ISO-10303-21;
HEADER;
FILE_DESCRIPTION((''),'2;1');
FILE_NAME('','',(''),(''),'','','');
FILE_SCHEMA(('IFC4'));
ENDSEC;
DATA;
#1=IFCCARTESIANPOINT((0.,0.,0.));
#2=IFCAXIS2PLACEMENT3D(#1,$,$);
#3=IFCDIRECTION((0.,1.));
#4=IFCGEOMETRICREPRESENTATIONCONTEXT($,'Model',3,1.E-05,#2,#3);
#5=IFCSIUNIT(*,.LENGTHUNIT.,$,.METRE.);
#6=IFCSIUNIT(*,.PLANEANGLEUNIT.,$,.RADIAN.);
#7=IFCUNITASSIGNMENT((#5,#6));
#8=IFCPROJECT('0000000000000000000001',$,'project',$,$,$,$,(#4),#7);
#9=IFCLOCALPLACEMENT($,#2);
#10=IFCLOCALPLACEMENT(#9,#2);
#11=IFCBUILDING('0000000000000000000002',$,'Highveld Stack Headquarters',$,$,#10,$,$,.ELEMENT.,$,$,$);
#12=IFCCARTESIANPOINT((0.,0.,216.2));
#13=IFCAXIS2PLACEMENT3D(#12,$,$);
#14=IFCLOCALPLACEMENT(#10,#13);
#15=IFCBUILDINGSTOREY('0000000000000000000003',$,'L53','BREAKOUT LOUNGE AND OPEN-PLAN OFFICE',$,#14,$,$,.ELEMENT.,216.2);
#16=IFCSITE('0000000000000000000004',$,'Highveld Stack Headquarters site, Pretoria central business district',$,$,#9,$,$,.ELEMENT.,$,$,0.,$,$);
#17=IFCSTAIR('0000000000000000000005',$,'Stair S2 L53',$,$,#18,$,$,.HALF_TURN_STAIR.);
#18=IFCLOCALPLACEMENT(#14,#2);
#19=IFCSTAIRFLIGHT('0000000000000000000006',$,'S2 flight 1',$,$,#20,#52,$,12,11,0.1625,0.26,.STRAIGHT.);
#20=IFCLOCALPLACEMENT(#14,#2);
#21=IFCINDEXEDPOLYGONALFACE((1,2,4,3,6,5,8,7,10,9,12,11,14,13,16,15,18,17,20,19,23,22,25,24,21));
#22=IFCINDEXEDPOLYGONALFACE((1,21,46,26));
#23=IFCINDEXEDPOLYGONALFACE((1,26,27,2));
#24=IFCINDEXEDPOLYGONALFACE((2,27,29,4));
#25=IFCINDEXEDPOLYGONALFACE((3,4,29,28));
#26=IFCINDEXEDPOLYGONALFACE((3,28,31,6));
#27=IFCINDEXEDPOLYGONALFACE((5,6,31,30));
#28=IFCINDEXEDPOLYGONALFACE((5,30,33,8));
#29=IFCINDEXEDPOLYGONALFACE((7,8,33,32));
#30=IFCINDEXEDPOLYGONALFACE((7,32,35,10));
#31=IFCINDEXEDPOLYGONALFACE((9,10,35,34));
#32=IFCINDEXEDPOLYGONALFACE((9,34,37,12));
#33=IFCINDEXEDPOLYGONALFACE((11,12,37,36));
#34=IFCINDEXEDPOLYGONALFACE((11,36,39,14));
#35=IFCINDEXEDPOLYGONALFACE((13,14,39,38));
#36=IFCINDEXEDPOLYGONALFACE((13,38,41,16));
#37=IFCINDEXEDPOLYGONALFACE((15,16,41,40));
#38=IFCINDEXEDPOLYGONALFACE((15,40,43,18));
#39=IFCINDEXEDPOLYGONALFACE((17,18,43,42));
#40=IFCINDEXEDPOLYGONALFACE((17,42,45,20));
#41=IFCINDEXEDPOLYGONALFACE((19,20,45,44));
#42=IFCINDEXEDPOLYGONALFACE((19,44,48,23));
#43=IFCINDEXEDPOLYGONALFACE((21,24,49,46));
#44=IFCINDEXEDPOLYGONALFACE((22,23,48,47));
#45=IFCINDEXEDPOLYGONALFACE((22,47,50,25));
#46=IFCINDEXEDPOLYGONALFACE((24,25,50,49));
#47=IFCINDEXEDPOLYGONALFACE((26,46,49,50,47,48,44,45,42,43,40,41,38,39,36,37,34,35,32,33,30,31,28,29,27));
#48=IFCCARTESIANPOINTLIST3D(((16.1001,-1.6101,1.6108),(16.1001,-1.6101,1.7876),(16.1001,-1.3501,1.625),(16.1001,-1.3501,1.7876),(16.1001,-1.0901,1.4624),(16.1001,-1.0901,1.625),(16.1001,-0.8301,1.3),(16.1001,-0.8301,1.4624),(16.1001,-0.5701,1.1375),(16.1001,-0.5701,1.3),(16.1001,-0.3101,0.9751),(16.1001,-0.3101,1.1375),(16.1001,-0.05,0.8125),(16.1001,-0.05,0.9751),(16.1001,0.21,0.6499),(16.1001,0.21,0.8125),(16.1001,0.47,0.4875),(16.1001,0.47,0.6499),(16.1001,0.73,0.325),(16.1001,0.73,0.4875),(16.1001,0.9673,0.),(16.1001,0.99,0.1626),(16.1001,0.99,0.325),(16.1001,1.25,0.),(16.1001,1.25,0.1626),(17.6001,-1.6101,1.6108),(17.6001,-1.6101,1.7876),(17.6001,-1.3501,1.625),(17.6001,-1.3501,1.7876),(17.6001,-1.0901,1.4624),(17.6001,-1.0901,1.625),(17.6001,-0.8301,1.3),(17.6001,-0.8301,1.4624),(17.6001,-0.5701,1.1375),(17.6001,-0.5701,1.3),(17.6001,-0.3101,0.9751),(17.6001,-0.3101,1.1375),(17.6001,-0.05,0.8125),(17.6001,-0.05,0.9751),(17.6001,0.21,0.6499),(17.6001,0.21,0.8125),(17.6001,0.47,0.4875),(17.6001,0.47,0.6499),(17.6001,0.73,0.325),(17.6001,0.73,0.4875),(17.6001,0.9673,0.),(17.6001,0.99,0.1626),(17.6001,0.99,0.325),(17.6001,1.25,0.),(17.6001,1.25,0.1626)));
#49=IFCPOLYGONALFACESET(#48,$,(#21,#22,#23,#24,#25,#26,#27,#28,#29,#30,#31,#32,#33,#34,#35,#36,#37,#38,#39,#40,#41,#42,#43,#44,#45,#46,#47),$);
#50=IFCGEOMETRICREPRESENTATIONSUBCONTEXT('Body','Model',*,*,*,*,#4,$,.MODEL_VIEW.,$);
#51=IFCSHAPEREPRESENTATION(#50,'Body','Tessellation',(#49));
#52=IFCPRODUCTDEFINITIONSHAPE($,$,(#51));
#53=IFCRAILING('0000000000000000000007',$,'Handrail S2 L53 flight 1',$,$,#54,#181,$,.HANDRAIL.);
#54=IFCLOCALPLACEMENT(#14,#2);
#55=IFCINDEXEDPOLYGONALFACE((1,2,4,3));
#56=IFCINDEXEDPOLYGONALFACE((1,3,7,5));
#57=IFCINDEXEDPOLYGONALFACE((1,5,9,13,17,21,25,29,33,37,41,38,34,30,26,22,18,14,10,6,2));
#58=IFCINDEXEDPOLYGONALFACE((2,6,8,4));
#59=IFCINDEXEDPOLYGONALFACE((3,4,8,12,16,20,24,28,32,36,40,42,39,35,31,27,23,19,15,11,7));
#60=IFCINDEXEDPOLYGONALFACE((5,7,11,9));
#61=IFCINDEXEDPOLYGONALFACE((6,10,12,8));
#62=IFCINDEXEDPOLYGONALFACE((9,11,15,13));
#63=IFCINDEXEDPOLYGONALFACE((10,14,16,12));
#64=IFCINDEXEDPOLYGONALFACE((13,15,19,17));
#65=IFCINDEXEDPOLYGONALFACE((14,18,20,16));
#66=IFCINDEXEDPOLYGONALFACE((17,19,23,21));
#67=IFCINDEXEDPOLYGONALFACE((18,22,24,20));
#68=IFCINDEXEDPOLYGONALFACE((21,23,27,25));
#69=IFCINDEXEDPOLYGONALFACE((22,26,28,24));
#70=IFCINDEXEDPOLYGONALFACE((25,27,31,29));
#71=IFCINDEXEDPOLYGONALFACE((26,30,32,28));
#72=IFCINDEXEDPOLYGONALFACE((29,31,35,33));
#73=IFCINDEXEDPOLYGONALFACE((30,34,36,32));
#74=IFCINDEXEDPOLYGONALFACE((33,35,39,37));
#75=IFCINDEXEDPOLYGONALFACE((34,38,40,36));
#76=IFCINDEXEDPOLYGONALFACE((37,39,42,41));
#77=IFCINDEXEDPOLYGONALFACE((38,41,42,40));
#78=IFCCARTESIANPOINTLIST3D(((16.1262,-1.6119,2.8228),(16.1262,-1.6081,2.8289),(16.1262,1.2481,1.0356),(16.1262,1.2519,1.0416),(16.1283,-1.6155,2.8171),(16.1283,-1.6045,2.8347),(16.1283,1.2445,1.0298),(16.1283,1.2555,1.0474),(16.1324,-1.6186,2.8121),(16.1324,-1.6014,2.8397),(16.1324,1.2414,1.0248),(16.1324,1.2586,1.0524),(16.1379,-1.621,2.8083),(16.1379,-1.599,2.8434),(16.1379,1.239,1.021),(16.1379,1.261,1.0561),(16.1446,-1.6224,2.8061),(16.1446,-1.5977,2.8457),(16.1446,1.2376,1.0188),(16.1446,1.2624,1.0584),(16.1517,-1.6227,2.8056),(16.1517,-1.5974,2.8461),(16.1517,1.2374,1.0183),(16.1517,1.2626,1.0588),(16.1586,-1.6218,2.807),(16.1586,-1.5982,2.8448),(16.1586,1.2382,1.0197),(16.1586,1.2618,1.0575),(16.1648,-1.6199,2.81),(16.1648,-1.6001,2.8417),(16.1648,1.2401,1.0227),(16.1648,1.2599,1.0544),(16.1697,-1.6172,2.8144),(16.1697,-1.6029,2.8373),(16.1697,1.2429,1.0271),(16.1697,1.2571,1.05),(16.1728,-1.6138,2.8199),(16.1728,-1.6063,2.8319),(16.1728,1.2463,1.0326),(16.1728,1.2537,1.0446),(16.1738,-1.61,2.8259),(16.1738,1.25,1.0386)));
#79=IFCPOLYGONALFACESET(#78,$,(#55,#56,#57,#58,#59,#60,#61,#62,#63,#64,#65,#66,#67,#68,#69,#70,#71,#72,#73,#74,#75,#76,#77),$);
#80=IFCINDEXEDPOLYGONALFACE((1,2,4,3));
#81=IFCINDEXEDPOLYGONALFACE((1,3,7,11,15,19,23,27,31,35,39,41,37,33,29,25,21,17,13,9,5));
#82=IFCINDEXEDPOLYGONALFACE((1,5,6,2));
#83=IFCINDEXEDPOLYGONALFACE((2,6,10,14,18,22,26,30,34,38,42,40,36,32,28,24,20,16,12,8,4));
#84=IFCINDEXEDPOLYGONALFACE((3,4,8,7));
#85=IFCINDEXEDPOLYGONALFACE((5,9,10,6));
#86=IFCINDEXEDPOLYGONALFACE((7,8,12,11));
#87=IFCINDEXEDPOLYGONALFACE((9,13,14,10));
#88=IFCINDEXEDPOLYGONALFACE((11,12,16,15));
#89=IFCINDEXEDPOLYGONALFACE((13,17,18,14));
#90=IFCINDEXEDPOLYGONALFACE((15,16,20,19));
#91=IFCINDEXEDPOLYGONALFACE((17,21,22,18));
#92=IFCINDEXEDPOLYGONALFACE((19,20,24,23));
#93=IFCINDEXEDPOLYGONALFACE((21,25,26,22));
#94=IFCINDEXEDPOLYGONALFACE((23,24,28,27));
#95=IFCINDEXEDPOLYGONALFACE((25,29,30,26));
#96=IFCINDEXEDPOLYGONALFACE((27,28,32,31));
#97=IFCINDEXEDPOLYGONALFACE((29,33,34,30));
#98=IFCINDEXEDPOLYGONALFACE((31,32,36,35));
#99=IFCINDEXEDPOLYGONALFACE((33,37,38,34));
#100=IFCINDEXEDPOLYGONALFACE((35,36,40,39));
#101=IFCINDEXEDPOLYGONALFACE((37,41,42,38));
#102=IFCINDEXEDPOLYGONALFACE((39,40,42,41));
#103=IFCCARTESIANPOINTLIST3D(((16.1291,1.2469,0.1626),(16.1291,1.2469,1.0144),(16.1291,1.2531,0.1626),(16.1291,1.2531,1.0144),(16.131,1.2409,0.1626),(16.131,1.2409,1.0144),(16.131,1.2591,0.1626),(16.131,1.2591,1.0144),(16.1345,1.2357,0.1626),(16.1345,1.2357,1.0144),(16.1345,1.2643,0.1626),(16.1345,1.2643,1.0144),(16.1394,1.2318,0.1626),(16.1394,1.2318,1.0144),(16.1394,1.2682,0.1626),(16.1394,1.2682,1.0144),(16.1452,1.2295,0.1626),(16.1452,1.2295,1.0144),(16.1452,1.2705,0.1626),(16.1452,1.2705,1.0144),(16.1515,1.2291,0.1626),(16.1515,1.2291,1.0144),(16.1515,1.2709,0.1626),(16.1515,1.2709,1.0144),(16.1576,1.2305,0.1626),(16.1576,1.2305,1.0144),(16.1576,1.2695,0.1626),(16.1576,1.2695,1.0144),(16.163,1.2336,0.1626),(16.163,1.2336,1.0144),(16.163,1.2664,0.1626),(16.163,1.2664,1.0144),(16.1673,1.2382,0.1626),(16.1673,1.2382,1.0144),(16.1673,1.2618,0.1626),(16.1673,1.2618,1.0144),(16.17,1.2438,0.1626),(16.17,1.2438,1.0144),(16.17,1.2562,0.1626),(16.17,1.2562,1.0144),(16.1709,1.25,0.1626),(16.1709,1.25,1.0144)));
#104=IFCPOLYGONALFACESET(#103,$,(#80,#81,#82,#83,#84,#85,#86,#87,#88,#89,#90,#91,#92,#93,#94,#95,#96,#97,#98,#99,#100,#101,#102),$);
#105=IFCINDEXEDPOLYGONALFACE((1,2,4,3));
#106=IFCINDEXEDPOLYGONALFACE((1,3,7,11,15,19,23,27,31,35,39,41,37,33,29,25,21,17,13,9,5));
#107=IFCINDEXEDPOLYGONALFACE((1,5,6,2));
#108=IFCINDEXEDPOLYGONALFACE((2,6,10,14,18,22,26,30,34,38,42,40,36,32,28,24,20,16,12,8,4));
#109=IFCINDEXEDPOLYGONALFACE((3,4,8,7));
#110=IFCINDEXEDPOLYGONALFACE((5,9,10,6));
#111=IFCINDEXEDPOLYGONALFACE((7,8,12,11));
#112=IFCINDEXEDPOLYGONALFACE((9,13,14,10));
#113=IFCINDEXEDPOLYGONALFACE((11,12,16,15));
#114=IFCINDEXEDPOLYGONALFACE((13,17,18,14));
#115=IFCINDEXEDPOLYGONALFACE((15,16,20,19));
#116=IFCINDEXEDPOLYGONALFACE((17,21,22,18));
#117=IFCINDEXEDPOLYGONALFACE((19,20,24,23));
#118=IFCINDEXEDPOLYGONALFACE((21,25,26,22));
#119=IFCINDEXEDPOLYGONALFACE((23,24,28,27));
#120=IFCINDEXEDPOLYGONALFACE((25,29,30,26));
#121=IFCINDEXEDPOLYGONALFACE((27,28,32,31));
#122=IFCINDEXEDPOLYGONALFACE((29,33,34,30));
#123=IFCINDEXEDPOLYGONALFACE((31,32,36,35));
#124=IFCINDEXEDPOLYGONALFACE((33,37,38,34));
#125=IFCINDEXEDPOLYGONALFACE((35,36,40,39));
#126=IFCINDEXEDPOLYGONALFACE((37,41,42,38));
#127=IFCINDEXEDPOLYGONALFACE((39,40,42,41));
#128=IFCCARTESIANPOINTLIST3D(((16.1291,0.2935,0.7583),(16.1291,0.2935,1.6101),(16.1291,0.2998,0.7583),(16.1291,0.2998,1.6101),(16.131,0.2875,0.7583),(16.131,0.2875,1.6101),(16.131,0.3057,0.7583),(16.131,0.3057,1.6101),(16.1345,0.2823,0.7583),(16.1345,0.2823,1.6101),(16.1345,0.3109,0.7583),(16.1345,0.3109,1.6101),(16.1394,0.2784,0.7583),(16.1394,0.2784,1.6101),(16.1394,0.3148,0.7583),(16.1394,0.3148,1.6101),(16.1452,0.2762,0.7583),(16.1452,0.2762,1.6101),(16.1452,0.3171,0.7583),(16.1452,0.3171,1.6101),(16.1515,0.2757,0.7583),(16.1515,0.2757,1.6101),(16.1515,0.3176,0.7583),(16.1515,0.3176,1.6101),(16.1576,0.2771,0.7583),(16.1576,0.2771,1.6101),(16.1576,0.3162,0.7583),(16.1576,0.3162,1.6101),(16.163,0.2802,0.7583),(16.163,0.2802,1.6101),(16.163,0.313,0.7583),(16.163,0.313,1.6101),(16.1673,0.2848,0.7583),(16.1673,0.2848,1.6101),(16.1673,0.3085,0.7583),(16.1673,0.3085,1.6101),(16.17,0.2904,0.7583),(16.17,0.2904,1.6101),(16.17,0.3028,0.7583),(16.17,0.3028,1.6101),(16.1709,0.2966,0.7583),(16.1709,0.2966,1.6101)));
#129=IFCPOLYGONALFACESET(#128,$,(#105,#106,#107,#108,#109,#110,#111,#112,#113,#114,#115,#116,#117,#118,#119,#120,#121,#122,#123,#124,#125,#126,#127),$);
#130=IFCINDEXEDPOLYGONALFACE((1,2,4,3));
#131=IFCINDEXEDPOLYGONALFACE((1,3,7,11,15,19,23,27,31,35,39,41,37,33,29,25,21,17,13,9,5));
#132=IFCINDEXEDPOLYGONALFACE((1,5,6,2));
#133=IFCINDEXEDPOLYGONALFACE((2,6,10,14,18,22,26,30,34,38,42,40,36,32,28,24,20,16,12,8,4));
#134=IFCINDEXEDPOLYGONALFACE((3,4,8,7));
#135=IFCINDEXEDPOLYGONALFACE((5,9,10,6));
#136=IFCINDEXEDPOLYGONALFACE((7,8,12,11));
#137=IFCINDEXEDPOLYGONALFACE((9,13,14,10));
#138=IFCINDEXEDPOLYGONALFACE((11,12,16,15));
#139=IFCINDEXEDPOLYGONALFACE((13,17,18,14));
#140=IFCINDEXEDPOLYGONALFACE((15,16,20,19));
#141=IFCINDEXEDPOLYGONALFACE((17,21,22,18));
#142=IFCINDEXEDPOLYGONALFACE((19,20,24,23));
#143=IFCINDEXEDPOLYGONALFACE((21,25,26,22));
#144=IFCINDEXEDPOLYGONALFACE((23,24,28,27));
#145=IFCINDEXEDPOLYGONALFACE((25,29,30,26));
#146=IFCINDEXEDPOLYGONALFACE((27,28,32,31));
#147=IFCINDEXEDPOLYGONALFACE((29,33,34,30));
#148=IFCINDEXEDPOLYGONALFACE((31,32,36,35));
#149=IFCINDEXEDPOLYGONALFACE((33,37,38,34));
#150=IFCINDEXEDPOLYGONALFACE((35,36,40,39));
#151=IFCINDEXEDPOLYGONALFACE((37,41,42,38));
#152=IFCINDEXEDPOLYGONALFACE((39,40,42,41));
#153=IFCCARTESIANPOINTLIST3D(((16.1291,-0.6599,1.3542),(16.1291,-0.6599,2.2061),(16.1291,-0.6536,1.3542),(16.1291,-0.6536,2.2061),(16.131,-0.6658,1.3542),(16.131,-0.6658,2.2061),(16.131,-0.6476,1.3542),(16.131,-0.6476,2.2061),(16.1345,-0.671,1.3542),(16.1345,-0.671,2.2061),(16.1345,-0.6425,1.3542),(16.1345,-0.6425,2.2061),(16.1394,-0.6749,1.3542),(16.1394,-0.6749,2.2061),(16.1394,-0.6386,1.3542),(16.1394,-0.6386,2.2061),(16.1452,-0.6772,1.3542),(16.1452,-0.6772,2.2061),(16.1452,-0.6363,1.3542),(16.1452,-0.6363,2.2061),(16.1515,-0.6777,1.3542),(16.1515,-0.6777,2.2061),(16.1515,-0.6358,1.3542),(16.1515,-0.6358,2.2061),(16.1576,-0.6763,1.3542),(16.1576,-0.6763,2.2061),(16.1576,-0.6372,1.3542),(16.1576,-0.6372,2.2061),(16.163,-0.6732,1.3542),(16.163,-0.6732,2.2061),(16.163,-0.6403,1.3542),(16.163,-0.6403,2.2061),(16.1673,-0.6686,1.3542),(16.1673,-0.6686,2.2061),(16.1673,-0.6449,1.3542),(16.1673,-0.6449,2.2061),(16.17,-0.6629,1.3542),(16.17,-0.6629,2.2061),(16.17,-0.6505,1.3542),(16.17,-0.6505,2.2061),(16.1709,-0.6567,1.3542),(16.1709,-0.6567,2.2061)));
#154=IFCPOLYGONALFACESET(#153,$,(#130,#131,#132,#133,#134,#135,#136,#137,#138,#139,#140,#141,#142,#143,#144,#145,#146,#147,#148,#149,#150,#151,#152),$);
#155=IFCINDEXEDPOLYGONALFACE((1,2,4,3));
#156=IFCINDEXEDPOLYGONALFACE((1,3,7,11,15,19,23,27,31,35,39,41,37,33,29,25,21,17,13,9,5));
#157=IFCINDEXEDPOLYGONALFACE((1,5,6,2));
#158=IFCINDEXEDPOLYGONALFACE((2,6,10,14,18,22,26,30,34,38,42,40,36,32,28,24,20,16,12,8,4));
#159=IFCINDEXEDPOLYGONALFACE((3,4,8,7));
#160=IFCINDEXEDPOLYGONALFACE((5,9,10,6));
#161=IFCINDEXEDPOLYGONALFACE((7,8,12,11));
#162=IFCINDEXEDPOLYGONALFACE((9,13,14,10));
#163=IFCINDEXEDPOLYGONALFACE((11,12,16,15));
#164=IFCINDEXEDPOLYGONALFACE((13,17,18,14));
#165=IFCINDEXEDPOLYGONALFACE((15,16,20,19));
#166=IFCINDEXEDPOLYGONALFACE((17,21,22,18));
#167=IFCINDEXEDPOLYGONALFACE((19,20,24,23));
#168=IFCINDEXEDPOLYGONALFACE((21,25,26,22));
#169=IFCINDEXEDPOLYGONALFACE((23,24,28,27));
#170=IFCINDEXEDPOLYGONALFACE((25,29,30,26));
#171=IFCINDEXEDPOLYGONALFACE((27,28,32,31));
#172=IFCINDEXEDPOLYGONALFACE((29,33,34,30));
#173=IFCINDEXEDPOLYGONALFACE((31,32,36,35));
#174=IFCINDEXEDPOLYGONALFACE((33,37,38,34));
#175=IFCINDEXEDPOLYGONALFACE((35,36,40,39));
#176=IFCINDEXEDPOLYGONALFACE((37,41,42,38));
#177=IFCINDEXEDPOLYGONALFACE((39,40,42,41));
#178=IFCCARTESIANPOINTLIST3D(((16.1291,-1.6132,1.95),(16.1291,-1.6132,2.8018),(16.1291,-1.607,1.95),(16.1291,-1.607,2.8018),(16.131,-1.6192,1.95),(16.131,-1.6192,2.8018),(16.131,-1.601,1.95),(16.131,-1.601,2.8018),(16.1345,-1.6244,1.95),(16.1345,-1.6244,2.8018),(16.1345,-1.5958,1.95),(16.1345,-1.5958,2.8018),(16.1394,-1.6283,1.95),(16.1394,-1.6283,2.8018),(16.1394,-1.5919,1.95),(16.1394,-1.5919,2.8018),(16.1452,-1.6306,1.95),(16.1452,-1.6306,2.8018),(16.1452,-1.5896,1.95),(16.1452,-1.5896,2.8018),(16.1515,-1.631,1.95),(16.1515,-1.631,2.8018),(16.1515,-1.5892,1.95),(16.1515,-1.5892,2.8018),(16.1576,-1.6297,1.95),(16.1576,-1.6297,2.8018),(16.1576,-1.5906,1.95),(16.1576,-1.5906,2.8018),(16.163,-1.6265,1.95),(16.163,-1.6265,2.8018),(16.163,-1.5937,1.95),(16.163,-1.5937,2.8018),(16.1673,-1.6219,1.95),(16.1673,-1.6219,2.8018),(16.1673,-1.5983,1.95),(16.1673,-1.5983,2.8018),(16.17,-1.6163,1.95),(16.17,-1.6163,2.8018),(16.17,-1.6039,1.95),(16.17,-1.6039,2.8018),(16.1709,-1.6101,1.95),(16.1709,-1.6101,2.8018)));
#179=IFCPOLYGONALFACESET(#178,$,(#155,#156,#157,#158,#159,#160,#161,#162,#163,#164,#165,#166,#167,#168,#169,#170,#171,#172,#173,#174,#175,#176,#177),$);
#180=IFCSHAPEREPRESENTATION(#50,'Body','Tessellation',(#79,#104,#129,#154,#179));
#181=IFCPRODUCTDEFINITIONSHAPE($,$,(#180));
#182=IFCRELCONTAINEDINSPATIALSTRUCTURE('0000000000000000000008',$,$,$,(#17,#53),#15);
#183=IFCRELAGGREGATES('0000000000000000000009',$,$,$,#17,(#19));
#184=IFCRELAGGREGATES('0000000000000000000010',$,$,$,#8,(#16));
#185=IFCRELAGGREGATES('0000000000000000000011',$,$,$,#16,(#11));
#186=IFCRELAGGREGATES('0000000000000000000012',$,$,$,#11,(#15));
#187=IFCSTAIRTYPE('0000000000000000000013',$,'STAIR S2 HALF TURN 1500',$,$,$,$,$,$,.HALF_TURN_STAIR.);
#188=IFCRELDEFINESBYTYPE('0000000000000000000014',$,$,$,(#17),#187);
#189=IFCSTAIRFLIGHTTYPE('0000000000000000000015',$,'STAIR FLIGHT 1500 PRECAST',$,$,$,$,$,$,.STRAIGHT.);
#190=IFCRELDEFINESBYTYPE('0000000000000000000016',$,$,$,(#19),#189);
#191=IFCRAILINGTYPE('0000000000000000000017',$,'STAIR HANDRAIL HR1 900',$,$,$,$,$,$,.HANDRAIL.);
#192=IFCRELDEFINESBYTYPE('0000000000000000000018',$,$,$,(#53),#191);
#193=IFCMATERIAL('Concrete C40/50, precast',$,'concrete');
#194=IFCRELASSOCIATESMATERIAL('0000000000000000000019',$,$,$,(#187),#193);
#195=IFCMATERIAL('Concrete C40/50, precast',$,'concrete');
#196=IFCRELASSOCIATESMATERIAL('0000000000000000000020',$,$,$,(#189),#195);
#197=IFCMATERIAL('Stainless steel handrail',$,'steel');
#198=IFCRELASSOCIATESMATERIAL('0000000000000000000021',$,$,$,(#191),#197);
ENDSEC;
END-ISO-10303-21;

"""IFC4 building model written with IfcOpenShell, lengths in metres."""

from ifc_helpers import new_model, si_unit, direction, frame, origin, origin_2d, place, context, subcontext, project, spatial, polyline, circle, outline, extrude, material, type_object, element, aggregate, save


model = new_model("IFC4")

# Units and contexts
model_context = context("Model", 3, precision=1e-05, world=origin(), true_north=direction((0.0, 1.0)))
body_context = subcontext(model_context, "Body", "Model", "MODEL_VIEW")
ifc_project = project(units=[si_unit("LENGTHUNIT", "METRE"), si_unit("PLANEANGLEUNIT", "RADIAN")], contexts=[model_context])

# Site, building, storey
site_placement = place(None, origin())
site = spatial("IfcSite", under=ifc_project, at=site_placement, Name="Highveld Stack Headquarters site, Pretoria central business district", CompositionType="ELEMENT", RefElevation=0.0)
building_placement = place(site_placement, origin())
building = spatial("IfcBuilding", under=site, at=building_placement, Name="Highveld Stack Headquarters", CompositionType="ELEMENT")
storey_placement = place(building_placement, frame((0.0, 0.0, 216.2)))
storey = spatial("IfcBuildingStorey", under=building, at=storey_placement, Name="L53", Description="BREAKOUT LOUNGE AND OPEN-PLAN OFFICE", CompositionType="ELEMENT", Elevation=216.2)

# Stair
ifc_material_1 = material(Name="Concrete C40/50, precast", Category="concrete")
stair_type = type_object("IfcStairType", Name="STAIR S2 HALF TURN 1500", PredefinedType="HALF_TURN_STAIR", material=ifc_material_1)
stair_placement = place(storey_placement, origin())
stair = element("IfcStair", 1, at=stair_placement, inside=storey, type_object=stair_type, Name="Stair S2 L53", PredefinedType="HALF_TURN_STAIR")

# Stair flight
ifc_material_2 = material(Name="Concrete C40/50, precast", Category="concrete")
stair_flight_type = type_object("IfcStairFlightType", Name="STAIR FLIGHT 1500 PRECAST", PredefinedType="STRAIGHT", material=ifc_material_2)
stair_flight_placement = place(storey_placement, frame((16.8501, 1.25, 0.0), z_axis=(0.0, 0.0, 1.0), x_axis=(0.0, -1.0, 0.0)))
stair_flight = element("IfcStairFlight", 2, at=stair_flight_placement, type_object=stair_flight_type, Name="S2 flight 1", NumberOfRisers=12, NumberOfTreads=11, PredefinedType="STRAIGHT", RiserHeight=0.1625, TreadLength=0.26, context=body_context, shape_type="SweptSolid", body=[
    extrude(outline(polyline([(0.0, 0.0), (0.0, 0.1626), (0.26, 0.1626), (0.26, 0.325), (0.52, 0.325), (0.52, 0.4875), (0.78, 0.4875), (0.78, 0.6499), (1.04, 0.6499), (1.04, 0.8125), (1.3, 0.8125), (1.3, 0.9751), (1.5601, 0.9751), (1.5601, 1.1375), (1.8201, 1.1375), (1.8201, 1.3), (2.0801, 1.3), (2.0801, 1.4624), (2.3401, 1.4624), (2.3401, 1.625), (2.6001, 1.625), (2.6001, 1.7876), (2.8601, 1.7876), (2.8601, 1.95), (2.8601, 1.6108), (0.2827, 0.0), (0.0, 0.0)])), frame((0.0, 0.75, 0.0), z_axis=(0.0, -1.0, 0.0), x_axis=(1.0, 0.0, 0.0)), (0.0, 0.0, 1.0), 1.5),
])
aggregate(stair, [stair_flight])

# Railing
ifc_material_3 = material(Name="Stainless steel handrail", Category="steel")
railing_type = type_object("IfcRailingType", Name="STAIR HANDRAIL HR1 900", PredefinedType="HANDRAIL", material=ifc_material_3)
for number, where, name in (
    (3, (16.1499, 1.25, 0.1626), "Handrail S2 L53 flight 1"),
):
    element("IfcRailing", number, at=place(storey_placement, frame(where)), inside=storey, type_object=railing_type, Name=name, PredefinedType="HANDRAIL", context=body_context, shape_type="SweptSolid", body=[
        extrude(circle(Radius=0.0239, at=origin_2d()), frame((0.0, 0.0, 0.876), z_axis=(0.0, -0.848027, 0.529953), x_axis=(1.0, 0.0, 0.0)), (0.0, 0.0, 1.0), 3.3726),
        extrude(circle(Radius=0.021, at=origin_2d()), origin(), (0.0, 0.0, 1.0), 0.8518),
        extrude(circle(Radius=0.021, at=origin_2d()), frame((0.0, -0.9534, 0.5957)), (0.0, 0.0, 1.0), 0.8518),
        extrude(circle(Radius=0.021, at=origin_2d()), frame((0.0, -1.9067, 1.1917)), (0.0, 0.0, 1.0), 0.8518),
        extrude(circle(Radius=0.021, at=origin_2d()), frame((0.0, -2.8601, 1.7874)), (0.0, 0.0, 1.0), 0.8518),
    ])

save(model, "model.ifc")
